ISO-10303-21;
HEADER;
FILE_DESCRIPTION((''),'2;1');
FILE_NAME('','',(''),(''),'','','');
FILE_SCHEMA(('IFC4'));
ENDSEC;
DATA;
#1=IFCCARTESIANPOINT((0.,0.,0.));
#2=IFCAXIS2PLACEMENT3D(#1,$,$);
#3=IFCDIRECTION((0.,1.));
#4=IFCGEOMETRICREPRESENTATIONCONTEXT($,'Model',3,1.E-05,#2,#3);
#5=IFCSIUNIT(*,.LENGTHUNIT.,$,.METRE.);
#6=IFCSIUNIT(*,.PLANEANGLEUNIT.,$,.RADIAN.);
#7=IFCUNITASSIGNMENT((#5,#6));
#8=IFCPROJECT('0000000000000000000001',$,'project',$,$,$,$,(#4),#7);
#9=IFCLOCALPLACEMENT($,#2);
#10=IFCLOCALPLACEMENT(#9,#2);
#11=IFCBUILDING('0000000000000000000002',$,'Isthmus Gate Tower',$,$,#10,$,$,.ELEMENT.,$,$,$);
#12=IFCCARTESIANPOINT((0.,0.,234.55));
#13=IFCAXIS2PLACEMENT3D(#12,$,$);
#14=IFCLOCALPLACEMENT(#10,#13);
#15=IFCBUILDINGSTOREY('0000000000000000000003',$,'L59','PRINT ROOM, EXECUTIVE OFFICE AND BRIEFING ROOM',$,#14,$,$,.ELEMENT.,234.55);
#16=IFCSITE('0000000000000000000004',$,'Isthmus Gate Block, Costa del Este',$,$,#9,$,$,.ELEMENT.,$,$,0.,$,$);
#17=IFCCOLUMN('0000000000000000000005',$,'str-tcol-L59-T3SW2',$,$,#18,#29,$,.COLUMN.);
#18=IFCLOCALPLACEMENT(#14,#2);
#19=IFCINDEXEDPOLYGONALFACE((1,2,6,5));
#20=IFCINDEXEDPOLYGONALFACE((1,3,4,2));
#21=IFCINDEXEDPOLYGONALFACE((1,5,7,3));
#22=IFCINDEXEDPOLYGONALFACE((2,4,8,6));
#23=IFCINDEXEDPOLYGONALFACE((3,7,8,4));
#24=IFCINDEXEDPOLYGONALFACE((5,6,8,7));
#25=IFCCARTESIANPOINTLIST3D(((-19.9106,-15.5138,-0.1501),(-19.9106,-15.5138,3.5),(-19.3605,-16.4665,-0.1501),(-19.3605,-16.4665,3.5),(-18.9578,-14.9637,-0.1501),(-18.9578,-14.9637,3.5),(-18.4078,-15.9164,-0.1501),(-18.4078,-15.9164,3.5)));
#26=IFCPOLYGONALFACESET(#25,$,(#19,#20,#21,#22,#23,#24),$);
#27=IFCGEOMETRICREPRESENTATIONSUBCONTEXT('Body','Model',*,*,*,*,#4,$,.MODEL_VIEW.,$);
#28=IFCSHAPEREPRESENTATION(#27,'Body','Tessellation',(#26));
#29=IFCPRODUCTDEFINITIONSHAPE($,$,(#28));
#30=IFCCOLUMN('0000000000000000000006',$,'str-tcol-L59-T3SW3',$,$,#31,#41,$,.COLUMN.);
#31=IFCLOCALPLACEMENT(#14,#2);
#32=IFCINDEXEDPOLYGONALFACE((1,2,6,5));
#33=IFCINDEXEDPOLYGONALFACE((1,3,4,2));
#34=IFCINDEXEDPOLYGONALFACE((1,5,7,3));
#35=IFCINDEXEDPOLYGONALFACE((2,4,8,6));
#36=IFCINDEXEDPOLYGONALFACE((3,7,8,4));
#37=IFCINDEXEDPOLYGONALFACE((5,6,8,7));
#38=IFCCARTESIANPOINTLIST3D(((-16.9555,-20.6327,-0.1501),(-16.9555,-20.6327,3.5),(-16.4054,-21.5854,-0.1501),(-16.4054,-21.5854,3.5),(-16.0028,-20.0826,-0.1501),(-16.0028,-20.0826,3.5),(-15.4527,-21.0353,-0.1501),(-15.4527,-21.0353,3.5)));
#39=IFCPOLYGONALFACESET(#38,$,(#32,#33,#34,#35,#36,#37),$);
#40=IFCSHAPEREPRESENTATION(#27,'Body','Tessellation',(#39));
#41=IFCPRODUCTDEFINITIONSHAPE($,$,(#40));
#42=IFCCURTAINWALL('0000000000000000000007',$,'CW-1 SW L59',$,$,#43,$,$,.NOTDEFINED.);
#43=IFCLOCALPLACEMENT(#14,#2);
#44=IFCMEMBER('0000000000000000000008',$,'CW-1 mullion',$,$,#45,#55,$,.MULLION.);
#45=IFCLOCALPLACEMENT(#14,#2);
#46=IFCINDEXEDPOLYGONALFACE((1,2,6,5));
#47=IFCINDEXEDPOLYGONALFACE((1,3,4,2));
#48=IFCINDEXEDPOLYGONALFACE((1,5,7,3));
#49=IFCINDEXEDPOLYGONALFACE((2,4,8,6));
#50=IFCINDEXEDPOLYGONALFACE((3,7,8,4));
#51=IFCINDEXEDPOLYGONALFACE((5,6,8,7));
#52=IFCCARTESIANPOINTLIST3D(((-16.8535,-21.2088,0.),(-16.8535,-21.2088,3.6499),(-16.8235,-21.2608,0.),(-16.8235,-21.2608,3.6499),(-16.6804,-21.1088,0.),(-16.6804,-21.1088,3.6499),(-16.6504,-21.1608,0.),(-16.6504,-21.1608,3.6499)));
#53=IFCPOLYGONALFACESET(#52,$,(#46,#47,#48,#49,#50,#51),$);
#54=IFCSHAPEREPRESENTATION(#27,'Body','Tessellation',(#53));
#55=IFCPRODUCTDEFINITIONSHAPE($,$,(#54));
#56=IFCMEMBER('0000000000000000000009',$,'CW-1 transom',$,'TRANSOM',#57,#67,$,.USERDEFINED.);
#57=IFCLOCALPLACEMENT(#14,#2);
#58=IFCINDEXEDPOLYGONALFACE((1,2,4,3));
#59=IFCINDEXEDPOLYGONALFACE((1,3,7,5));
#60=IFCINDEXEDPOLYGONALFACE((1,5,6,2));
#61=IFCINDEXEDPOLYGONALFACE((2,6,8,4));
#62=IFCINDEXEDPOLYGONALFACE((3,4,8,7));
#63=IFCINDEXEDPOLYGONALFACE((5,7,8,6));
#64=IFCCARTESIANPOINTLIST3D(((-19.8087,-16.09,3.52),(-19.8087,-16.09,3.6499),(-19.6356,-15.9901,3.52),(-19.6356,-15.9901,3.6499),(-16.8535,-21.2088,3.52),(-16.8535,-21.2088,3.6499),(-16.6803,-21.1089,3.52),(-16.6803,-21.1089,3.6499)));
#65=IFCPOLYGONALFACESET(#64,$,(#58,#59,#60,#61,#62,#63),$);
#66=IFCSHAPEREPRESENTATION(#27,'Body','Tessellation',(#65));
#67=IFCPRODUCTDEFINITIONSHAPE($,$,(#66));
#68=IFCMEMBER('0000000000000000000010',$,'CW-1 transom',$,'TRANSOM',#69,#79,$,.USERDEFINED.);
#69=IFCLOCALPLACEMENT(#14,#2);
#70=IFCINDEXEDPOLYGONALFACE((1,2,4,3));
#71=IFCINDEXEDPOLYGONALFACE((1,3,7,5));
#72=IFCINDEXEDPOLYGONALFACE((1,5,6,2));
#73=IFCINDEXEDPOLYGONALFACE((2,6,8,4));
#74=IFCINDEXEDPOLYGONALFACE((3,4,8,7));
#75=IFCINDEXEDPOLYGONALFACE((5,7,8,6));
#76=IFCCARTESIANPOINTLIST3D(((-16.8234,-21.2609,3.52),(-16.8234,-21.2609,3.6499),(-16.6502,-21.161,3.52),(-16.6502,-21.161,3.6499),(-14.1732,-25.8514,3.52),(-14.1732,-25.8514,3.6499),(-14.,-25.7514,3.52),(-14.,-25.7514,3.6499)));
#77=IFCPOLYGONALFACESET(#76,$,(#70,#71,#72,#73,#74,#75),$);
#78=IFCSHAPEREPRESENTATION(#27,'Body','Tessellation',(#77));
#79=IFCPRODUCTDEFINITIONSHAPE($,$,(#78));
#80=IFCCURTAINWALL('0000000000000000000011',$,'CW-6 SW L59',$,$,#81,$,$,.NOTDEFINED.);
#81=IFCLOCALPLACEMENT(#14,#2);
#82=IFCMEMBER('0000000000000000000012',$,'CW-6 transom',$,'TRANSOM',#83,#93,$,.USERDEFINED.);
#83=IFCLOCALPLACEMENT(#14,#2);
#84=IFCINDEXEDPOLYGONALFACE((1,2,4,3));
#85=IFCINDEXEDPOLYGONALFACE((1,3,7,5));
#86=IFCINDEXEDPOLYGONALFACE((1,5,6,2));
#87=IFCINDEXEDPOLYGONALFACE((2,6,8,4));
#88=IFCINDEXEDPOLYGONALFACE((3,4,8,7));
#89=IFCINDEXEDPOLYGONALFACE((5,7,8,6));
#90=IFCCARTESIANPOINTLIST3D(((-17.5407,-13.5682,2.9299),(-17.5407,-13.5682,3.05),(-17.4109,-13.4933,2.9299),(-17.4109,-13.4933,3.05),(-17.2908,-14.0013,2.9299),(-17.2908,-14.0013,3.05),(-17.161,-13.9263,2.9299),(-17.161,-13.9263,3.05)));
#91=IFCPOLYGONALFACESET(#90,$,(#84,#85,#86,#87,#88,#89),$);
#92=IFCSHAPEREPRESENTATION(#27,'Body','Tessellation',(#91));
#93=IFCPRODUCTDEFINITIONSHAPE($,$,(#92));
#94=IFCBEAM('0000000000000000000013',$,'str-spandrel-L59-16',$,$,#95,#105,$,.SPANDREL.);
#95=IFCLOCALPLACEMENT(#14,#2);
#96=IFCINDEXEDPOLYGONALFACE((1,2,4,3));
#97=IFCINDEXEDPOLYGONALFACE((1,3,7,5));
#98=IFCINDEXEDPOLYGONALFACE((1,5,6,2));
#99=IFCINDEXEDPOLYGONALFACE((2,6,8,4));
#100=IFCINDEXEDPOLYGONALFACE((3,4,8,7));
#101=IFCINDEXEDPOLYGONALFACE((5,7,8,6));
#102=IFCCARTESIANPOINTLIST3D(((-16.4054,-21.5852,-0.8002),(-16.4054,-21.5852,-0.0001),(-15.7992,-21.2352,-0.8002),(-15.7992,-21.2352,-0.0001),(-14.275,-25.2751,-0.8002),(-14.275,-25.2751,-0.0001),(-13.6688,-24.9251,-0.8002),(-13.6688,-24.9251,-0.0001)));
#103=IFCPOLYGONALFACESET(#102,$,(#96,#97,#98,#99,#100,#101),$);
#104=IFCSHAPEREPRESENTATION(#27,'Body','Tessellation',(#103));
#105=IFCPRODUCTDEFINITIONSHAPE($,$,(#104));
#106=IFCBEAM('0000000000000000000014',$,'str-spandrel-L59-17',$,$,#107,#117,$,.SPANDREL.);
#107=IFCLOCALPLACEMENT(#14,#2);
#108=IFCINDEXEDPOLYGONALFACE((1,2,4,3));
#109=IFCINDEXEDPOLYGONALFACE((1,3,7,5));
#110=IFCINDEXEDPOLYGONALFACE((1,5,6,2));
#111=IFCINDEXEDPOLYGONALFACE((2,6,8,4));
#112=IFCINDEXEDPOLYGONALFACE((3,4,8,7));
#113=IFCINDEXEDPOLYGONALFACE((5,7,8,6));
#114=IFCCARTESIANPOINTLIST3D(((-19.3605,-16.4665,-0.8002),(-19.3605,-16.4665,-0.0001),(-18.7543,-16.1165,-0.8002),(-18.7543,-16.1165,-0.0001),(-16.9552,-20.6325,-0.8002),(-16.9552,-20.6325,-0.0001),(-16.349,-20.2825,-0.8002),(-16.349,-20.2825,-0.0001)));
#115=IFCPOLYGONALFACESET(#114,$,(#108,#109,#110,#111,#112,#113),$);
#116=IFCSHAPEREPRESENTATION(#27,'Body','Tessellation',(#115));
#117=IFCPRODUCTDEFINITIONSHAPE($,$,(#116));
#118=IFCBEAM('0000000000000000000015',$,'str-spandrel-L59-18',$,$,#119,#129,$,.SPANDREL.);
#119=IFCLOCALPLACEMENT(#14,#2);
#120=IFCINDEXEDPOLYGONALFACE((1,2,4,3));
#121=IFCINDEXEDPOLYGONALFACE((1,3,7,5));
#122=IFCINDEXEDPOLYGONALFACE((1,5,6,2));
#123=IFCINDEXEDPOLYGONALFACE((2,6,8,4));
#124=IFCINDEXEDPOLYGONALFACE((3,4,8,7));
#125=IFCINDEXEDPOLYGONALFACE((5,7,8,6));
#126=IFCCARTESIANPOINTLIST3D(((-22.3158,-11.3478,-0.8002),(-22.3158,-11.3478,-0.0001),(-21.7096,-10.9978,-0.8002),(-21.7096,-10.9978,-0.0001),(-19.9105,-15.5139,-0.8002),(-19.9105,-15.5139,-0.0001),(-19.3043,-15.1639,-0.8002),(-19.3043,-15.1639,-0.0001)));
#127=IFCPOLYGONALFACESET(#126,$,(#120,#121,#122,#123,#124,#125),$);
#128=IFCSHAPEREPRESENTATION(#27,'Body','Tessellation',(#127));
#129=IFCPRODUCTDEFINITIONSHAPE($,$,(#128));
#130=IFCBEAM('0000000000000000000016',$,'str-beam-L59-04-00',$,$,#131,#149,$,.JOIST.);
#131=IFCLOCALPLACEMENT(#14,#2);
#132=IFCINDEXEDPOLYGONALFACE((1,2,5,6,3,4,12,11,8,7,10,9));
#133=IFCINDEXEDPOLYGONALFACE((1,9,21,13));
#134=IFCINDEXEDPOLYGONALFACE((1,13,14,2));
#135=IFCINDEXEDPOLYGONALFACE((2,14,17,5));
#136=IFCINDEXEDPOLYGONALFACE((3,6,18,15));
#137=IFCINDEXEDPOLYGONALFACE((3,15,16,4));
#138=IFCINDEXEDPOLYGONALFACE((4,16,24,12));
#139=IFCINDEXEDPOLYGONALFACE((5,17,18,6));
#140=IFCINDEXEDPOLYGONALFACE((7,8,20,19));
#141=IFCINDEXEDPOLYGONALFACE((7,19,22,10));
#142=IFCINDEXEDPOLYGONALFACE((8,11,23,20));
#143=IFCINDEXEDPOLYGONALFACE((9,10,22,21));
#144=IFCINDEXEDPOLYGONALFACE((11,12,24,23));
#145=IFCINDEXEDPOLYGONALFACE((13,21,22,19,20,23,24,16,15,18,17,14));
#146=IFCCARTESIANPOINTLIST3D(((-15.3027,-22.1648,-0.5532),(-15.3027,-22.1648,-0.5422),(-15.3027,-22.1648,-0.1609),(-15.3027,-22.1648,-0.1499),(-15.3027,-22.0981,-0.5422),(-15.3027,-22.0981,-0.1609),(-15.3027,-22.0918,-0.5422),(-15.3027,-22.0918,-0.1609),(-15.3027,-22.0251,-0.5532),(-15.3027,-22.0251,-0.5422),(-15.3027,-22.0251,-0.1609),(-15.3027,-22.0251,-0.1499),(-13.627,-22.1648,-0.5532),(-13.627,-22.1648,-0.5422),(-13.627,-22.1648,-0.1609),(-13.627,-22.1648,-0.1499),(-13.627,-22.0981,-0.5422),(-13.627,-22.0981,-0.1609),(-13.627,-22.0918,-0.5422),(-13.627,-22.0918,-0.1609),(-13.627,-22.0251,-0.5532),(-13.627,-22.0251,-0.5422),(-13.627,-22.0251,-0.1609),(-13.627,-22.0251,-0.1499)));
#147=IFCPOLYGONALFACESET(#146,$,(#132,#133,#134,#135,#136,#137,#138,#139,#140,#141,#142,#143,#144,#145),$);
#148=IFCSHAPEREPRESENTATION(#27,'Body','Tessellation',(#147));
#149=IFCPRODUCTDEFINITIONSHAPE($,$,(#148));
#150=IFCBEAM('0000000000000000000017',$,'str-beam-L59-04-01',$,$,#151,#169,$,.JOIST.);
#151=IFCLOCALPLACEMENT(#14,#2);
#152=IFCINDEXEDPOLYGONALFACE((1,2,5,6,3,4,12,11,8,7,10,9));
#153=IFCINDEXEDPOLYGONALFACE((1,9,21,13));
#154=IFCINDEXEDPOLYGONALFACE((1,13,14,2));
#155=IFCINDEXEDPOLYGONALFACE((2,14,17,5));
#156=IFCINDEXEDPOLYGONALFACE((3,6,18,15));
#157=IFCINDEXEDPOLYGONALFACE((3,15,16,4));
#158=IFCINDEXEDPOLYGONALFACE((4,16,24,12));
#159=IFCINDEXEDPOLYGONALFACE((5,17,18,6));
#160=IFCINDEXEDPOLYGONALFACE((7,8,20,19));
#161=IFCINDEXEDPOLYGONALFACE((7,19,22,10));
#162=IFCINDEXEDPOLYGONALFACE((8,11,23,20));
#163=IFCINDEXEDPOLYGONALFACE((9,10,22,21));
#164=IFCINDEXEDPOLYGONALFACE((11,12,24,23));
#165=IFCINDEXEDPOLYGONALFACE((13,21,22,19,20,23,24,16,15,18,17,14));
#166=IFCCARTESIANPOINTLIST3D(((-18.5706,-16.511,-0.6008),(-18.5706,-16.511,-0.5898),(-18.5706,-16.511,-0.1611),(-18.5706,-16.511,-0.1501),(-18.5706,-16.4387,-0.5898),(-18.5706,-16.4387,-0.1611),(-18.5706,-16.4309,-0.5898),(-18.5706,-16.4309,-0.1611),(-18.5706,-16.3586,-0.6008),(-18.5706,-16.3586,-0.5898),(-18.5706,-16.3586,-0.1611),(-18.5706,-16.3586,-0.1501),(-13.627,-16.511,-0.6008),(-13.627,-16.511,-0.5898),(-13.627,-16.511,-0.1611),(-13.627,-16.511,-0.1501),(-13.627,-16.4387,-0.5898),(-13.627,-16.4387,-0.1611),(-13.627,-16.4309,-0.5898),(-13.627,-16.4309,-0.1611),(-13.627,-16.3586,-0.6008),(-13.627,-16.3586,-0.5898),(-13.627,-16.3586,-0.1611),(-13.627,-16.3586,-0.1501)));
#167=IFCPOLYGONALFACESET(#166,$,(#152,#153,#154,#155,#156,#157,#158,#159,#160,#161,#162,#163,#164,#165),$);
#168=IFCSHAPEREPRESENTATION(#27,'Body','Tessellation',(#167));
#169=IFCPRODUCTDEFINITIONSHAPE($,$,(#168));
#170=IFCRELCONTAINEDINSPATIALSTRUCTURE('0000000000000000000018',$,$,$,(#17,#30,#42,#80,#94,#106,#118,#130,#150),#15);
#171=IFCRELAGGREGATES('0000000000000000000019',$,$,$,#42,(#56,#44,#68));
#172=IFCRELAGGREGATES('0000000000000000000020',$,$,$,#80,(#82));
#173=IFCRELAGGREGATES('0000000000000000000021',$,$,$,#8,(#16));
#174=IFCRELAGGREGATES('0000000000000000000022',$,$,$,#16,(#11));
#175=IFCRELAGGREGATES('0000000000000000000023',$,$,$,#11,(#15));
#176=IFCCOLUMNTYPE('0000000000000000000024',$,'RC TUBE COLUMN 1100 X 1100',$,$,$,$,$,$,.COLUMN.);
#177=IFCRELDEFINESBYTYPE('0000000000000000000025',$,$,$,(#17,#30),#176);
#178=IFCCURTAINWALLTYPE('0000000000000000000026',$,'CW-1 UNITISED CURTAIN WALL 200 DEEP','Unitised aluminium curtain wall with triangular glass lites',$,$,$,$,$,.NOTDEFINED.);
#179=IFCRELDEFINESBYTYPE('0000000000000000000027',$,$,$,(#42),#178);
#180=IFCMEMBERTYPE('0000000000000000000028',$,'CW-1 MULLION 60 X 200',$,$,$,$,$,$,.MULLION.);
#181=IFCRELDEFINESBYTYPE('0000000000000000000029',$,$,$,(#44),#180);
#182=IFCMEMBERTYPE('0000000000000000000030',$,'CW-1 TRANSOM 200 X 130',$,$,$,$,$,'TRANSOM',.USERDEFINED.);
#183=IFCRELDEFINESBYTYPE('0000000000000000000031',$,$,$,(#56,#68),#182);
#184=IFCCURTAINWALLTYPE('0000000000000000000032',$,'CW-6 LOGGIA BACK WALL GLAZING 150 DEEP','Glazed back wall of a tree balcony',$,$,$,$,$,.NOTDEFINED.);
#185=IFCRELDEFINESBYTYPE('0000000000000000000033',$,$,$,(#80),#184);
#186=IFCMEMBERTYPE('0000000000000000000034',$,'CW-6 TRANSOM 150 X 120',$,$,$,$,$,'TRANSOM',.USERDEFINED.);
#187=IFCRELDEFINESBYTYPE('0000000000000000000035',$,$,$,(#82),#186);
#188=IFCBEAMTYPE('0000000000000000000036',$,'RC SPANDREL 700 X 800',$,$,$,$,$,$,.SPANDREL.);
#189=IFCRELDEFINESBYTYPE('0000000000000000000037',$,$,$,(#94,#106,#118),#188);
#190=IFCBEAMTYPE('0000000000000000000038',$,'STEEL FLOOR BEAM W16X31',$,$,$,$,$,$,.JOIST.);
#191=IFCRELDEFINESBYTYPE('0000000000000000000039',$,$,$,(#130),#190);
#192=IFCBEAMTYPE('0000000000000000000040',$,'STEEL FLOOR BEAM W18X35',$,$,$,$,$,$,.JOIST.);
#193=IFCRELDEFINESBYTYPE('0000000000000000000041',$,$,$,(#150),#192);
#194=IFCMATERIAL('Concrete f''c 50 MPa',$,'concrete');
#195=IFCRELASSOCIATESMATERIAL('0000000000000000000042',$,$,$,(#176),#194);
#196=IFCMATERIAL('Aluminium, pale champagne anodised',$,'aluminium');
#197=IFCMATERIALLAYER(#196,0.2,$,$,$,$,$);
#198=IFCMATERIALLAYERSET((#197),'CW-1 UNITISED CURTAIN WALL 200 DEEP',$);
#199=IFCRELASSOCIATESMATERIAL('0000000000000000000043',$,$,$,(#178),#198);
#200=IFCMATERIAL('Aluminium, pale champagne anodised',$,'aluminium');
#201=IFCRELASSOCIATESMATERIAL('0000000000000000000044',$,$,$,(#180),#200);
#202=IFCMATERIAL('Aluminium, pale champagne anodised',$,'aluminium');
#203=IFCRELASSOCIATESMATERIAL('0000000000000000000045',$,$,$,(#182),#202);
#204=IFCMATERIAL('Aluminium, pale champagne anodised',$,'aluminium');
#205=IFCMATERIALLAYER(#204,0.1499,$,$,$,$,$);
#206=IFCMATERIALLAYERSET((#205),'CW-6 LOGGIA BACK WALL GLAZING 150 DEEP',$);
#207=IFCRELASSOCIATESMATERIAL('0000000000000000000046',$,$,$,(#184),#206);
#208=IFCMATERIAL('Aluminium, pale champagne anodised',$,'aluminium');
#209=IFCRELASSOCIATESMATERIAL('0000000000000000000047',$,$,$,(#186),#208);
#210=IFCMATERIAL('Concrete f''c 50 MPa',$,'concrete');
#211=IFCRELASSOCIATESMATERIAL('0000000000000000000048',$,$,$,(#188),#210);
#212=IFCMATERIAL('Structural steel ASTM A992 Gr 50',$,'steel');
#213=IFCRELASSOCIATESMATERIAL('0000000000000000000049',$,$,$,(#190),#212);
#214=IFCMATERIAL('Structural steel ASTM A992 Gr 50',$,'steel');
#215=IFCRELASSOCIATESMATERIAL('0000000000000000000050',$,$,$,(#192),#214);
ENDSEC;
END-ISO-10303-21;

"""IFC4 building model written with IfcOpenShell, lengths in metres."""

from ifc_helpers import new_model, si_unit, direction, frame, origin, origin_2d, place, context, subcontext, project, spatial, rectangle, i_section, extrude, material, layer, layer_set, material_profile, profile_set, type_object, element, aggregate, save


model = new_model("IFC4")

# Units and contexts
model_context = context("Model", 3, precision=1e-05, world=origin(), true_north=direction((0.0, 1.0)))
body_context = subcontext(model_context, "Body", "Model", "MODEL_VIEW")
ifc_project = project(units=[si_unit("LENGTHUNIT", "METRE"), si_unit("PLANEANGLEUNIT", "RADIAN")], contexts=[model_context])

# Site, building, storey
site_placement = place(None, origin())
site = spatial("IfcSite", under=ifc_project, at=site_placement, Name="Isthmus Gate Block, Costa del Este", CompositionType="ELEMENT", RefElevation=0.0)
building_placement = place(site_placement, origin())
building = spatial("IfcBuilding", under=site, at=building_placement, Name="Isthmus Gate Tower", CompositionType="ELEMENT")
storey_placement = place(building_placement, frame((0.0, 0.0, 234.55)))
storey = spatial("IfcBuildingStorey", under=building, at=storey_placement, Name="L59", Description="PRINT ROOM, EXECUTIVE OFFICE AND BRIEFING ROOM", CompositionType="ELEMENT", Elevation=234.55)

# Columns
ifc_material_1 = material(Name="Concrete f'c 50 MPa", Category="concrete")
ifc_material_profile_1 = material_profile(ifc_material_1, rectangle(XDim=1.1001, YDim=1.1001, at=origin_2d()), Name="RC 1100X1100")
ifc_profile_set_1 = profile_set([ifc_material_profile_1], Name="Concrete f'c 50 MPa")
column_type = type_object("IfcColumnType", Name="RC TUBE COLUMN 1100 X 1100", PredefinedType="COLUMN", material=ifc_profile_set_1)
for number, where, z_axis, x_axis, name in (
    (1, (-19.1592, -15.7151, -0.1501), (0.0, 0.0, 1.0), (0.5, -0.866025, 0.0), "str-tcol-L59-T3SW2"),
    (2, (-16.2041, -20.834, -0.1501), (0.0, 0.0, 1.0), (0.5, -0.866025, 0.0), "str-tcol-L59-T3SW3"),
):
    element("IfcColumn", number, at=place(storey_placement, frame(where, z_axis=z_axis, x_axis=x_axis)), inside=storey, type_object=column_type, Name=name, PredefinedType="COLUMN", context=body_context, shape_type="SweptSolid", body=[
        extrude(rectangle(XDim=1.1001, YDim=1.1001, at=origin_2d()), origin(), (0.0, 0.0, 1.0), 3.6501),
    ])

# Curtain wall, members
ifc_material_2 = material(Name="Aluminium, pale champagne anodised", Category="aluminium")
ifc_layer_1 = layer(ifc_material_2, 0.2)
ifc_layer_set_1 = layer_set([ifc_layer_1], Name="CW-1 UNITISED CURTAIN WALL 200 DEEP")
curtain_wall_type_1 = type_object("IfcCurtainWallType", Name="CW-1 UNITISED CURTAIN WALL 200 DEEP", Description="Unitised aluminium curtain wall with triangular glass lites", PredefinedType="NOTDEFINED", material=ifc_layer_set_1)
curtain_wall_1_placement = place(storey_placement, origin())
curtain_wall_1 = element("IfcCurtainWall", 3, at=curtain_wall_1_placement, inside=storey, type_object=curtain_wall_type_1, Name="CW-1 SW L59", PredefinedType="NOTDEFINED")
ifc_material_3 = material(Name="Aluminium, pale champagne anodised", Category="aluminium")
ifc_material_profile_2 = material_profile(ifc_material_3, rectangle(XDim=0.0601, YDim=0.2, at=origin_2d()), Name="60x200")
ifc_profile_set_2 = profile_set([ifc_material_profile_2], Name="Aluminium, pale champagne anodised")
member_type_1 = type_object("IfcMemberType", Name="CW-1 MULLION 60 X 200", PredefinedType="MULLION", material=ifc_profile_set_2)
member_1_placement = place(storey_placement, frame((-16.752, -21.1848, 0.0), z_axis=(0.0, 0.0, 1.0), x_axis=(0.5, -0.866025, 0.0)))
member_1 = element("IfcMember", 4, at=member_1_placement, type_object=member_type_1, Name="CW-1 mullion", PredefinedType="MULLION", context=body_context, shape_type="SweptSolid", body=[
    extrude(rectangle(XDim=0.0601, YDim=0.2, at=origin_2d()), origin(), (0.0, 0.0, 1.0), 3.6499),
])
ifc_material_4 = material(Name="Aluminium, pale champagne anodised", Category="aluminium")
ifc_material_profile_3 = material_profile(ifc_material_4, rectangle(XDim=0.2, YDim=0.1299, at=origin_2d()), Name="200x130")
ifc_profile_set_3 = profile_set([ifc_material_profile_3], Name="Aluminium, pale champagne anodised")
member_type_2 = type_object("IfcMemberType", Name="CW-1 TRANSOM 200 X 130", ElementType="TRANSOM", PredefinedType="USERDEFINED", material=ifc_profile_set_3)
member_2_placement = place(storey_placement, frame((-19.7222, -16.04, 3.585), z_axis=(0.499991, -0.866031, 0.0), x_axis=(0.866031, 0.499991, 0.0)))
member_2 = element("IfcMember", 5, at=member_2_placement, type_object=member_type_2, Name="CW-1 transom", ObjectType="TRANSOM", PredefinedType="USERDEFINED", context=body_context, shape_type="SweptSolid", body=[
    extrude(rectangle(XDim=0.2, YDim=0.1299, at=origin_2d()), origin(), (0.0, 0.0, 1.0), 5.9106),
])
member_3_placement = place(storey_placement, frame((-16.7368, -21.2109, 3.585), z_axis=(0.499988, -0.866032, 0.0), x_axis=(0.866032, 0.499988, 0.0)))
member_3 = element("IfcMember", 6, at=member_3_placement, type_object=member_type_2, Name="CW-1 transom", ObjectType="TRANSOM", PredefinedType="USERDEFINED", context=body_context, shape_type="SweptSolid", body=[
    extrude(rectangle(XDim=0.2, YDim=0.1299, at=origin_2d()), origin(), (0.0, 0.0, 1.0), 5.3005),
])

# Curtain wall, member
ifc_material_5 = material(Name="Aluminium, pale champagne anodised", Category="aluminium")
ifc_layer_2 = layer(ifc_material_5, 0.1499)
ifc_layer_set_2 = layer_set([ifc_layer_2], Name="CW-6 LOGGIA BACK WALL GLAZING 150 DEEP")
curtain_wall_type_2 = type_object("IfcCurtainWallType", Name="CW-6 LOGGIA BACK WALL GLAZING 150 DEEP", Description="Glazed back wall of a tree balcony", PredefinedType="NOTDEFINED", material=ifc_layer_set_2)
curtain_wall_2_placement = place(storey_placement, origin())
curtain_wall_2 = element("IfcCurtainWall", 7, at=curtain_wall_2_placement, inside=storey, type_object=curtain_wall_type_2, Name="CW-6 SW L59", PredefinedType="NOTDEFINED")
ifc_material_6 = material(Name="Aluminium, pale champagne anodised", Category="aluminium")
ifc_material_profile_4 = material_profile(ifc_material_6, rectangle(XDim=0.1499, YDim=0.1201, at=origin_2d()), Name="150x120")
ifc_profile_set_4 = profile_set([ifc_material_profile_4], Name="Aluminium, pale champagne anodised")
member_type_3 = type_object("IfcMemberType", Name="CW-6 TRANSOM 150 X 120", ElementType="TRANSOM", PredefinedType="USERDEFINED", material=ifc_profile_set_4)
member_4_placement = place(storey_placement, frame((-17.4758, -13.5308, 2.99), z_axis=(0.49992, -0.866072, 0.0), x_axis=(0.866072, 0.49992, 0.0)))
member_4 = element("IfcMember", 8, at=member_4_placement, type_object=member_type_3, Name="CW-6 transom", ObjectType="TRANSOM", PredefinedType="USERDEFINED", context=body_context, shape_type="SweptSolid", body=[
    extrude(rectangle(XDim=0.1499, YDim=0.1201, at=origin_2d()), origin(), (0.0, 0.0, 1.0), 0.5),
])

# Beams
ifc_material_7 = material(Name="Concrete f'c 50 MPa", Category="concrete")
ifc_material_profile_5 = material_profile(ifc_material_7, rectangle(XDim=0.7, YDim=0.8, at=origin_2d()), Name="RC 700X800")
ifc_profile_set_5 = profile_set([ifc_material_profile_5], Name="Concrete f'c 50 MPa")
beam_type_1 = type_object("IfcBeamType", Name="RC SPANDREL 700 X 800", PredefinedType="SPANDREL", material=ifc_profile_set_5)
beam_1_placement = place(storey_placement, frame((-13.9719, -25.1001, -0.4001), z_axis=(-0.499997, 0.866027, 0.0), x_axis=(-0.866027, -0.499997, 0.0)))
element("IfcBeam", 9, at=beam_1_placement, inside=storey, type_object=beam_type_1, Name="str-spandrel-L59-16", PredefinedType="SPANDREL", context=body_context, shape_type="SweptSolid", body=[
    extrude(rectangle(XDim=0.7, YDim=0.8, at=origin_2d()), origin(), (0.0, 0.0, 1.0), 4.2607),
])
for number, where, z_axis, x_axis, name in (
    (10, (-16.6521, -20.4575, -0.4001), (-0.500004, 0.866023, 0.0), (-0.866023, -0.500004, 0.0), "str-spandrel-L59-17"),
    (11, (-19.6074, -15.3389, -0.4001), (-0.500004, 0.866023, 0.0), (-0.866023, -0.500004, 0.0), "str-spandrel-L59-18"),
):
    element("IfcBeam", number, at=place(storey_placement, frame(where, z_axis=z_axis, x_axis=x_axis)), inside=storey, type_object=beam_type_1, Name=name, PredefinedType="SPANDREL", context=body_context, shape_type="SweptSolid", body=[
        extrude(rectangle(XDim=0.7, YDim=0.8, at=origin_2d()), origin(), (0.0, 0.0, 1.0), 4.8105),
    ])
ifc_material_8 = material(Name="Structural steel ASTM A992 Gr 50", Category="steel")
ifc_material_profile_6 = material_profile(ifc_material_8, i_section(OverallWidth=0.1396, OverallDepth=0.4033, WebThickness=0.0063, FlangeThickness=0.011, at=origin_2d()), Name="W16X31")
ifc_profile_set_6 = profile_set([ifc_material_profile_6], Name="Structural steel ASTM A992 Gr 50")
beam_type_2 = type_object("IfcBeamType", Name="STEEL FLOOR BEAM W16X31", PredefinedType="JOIST", material=ifc_profile_set_6)
beam_2_placement = place(storey_placement, frame((-15.3027, -22.095, -0.3516), z_axis=(1.0, 0.0, 0.0), x_axis=(0.0, 1.0, 0.0)))
element("IfcBeam", 12, at=beam_2_placement, inside=storey, type_object=beam_type_2, Name="str-beam-L59-04-00", PredefinedType="JOIST", context=body_context, shape_type="SweptSolid", body=[
    extrude(i_section(OverallWidth=0.1396, OverallDepth=0.4033, WebThickness=0.0063, FlangeThickness=0.011, at=origin_2d()), origin(), (0.0, 0.0, 1.0), 1.6758),
])
ifc_material_9 = material(Name="Structural steel ASTM A992 Gr 50", Category="steel")
ifc_material_profile_7 = material_profile(ifc_material_9, i_section(OverallWidth=0.1523, OverallDepth=0.4507, WebThickness=0.0078, FlangeThickness=0.011, at=origin_2d()), Name="W18X35")
ifc_profile_set_7 = profile_set([ifc_material_profile_7], Name="Structural steel ASTM A992 Gr 50")
beam_type_3 = type_object("IfcBeamType", Name="STEEL FLOOR BEAM W18X35", PredefinedType="JOIST", material=ifc_profile_set_7)
beam_3_placement = place(storey_placement, frame((-18.5706, -16.4348, -0.3755), z_axis=(1.0, 0.0, 0.0), x_axis=(0.0, 1.0, 0.0)))
element("IfcBeam", 13, at=beam_3_placement, inside=storey, type_object=beam_type_3, Name="str-beam-L59-04-01", PredefinedType="JOIST", context=body_context, shape_type="SweptSolid", body=[
    extrude(i_section(OverallWidth=0.1523, OverallDepth=0.4507, WebThickness=0.0078, FlangeThickness=0.011, at=origin_2d()), origin(), (0.0, 0.0, 1.0), 4.9436),
])

aggregate(curtain_wall_1, [member_2, member_1, member_3])
aggregate(curtain_wall_2, [member_4])

save(model, "model.ifc")
